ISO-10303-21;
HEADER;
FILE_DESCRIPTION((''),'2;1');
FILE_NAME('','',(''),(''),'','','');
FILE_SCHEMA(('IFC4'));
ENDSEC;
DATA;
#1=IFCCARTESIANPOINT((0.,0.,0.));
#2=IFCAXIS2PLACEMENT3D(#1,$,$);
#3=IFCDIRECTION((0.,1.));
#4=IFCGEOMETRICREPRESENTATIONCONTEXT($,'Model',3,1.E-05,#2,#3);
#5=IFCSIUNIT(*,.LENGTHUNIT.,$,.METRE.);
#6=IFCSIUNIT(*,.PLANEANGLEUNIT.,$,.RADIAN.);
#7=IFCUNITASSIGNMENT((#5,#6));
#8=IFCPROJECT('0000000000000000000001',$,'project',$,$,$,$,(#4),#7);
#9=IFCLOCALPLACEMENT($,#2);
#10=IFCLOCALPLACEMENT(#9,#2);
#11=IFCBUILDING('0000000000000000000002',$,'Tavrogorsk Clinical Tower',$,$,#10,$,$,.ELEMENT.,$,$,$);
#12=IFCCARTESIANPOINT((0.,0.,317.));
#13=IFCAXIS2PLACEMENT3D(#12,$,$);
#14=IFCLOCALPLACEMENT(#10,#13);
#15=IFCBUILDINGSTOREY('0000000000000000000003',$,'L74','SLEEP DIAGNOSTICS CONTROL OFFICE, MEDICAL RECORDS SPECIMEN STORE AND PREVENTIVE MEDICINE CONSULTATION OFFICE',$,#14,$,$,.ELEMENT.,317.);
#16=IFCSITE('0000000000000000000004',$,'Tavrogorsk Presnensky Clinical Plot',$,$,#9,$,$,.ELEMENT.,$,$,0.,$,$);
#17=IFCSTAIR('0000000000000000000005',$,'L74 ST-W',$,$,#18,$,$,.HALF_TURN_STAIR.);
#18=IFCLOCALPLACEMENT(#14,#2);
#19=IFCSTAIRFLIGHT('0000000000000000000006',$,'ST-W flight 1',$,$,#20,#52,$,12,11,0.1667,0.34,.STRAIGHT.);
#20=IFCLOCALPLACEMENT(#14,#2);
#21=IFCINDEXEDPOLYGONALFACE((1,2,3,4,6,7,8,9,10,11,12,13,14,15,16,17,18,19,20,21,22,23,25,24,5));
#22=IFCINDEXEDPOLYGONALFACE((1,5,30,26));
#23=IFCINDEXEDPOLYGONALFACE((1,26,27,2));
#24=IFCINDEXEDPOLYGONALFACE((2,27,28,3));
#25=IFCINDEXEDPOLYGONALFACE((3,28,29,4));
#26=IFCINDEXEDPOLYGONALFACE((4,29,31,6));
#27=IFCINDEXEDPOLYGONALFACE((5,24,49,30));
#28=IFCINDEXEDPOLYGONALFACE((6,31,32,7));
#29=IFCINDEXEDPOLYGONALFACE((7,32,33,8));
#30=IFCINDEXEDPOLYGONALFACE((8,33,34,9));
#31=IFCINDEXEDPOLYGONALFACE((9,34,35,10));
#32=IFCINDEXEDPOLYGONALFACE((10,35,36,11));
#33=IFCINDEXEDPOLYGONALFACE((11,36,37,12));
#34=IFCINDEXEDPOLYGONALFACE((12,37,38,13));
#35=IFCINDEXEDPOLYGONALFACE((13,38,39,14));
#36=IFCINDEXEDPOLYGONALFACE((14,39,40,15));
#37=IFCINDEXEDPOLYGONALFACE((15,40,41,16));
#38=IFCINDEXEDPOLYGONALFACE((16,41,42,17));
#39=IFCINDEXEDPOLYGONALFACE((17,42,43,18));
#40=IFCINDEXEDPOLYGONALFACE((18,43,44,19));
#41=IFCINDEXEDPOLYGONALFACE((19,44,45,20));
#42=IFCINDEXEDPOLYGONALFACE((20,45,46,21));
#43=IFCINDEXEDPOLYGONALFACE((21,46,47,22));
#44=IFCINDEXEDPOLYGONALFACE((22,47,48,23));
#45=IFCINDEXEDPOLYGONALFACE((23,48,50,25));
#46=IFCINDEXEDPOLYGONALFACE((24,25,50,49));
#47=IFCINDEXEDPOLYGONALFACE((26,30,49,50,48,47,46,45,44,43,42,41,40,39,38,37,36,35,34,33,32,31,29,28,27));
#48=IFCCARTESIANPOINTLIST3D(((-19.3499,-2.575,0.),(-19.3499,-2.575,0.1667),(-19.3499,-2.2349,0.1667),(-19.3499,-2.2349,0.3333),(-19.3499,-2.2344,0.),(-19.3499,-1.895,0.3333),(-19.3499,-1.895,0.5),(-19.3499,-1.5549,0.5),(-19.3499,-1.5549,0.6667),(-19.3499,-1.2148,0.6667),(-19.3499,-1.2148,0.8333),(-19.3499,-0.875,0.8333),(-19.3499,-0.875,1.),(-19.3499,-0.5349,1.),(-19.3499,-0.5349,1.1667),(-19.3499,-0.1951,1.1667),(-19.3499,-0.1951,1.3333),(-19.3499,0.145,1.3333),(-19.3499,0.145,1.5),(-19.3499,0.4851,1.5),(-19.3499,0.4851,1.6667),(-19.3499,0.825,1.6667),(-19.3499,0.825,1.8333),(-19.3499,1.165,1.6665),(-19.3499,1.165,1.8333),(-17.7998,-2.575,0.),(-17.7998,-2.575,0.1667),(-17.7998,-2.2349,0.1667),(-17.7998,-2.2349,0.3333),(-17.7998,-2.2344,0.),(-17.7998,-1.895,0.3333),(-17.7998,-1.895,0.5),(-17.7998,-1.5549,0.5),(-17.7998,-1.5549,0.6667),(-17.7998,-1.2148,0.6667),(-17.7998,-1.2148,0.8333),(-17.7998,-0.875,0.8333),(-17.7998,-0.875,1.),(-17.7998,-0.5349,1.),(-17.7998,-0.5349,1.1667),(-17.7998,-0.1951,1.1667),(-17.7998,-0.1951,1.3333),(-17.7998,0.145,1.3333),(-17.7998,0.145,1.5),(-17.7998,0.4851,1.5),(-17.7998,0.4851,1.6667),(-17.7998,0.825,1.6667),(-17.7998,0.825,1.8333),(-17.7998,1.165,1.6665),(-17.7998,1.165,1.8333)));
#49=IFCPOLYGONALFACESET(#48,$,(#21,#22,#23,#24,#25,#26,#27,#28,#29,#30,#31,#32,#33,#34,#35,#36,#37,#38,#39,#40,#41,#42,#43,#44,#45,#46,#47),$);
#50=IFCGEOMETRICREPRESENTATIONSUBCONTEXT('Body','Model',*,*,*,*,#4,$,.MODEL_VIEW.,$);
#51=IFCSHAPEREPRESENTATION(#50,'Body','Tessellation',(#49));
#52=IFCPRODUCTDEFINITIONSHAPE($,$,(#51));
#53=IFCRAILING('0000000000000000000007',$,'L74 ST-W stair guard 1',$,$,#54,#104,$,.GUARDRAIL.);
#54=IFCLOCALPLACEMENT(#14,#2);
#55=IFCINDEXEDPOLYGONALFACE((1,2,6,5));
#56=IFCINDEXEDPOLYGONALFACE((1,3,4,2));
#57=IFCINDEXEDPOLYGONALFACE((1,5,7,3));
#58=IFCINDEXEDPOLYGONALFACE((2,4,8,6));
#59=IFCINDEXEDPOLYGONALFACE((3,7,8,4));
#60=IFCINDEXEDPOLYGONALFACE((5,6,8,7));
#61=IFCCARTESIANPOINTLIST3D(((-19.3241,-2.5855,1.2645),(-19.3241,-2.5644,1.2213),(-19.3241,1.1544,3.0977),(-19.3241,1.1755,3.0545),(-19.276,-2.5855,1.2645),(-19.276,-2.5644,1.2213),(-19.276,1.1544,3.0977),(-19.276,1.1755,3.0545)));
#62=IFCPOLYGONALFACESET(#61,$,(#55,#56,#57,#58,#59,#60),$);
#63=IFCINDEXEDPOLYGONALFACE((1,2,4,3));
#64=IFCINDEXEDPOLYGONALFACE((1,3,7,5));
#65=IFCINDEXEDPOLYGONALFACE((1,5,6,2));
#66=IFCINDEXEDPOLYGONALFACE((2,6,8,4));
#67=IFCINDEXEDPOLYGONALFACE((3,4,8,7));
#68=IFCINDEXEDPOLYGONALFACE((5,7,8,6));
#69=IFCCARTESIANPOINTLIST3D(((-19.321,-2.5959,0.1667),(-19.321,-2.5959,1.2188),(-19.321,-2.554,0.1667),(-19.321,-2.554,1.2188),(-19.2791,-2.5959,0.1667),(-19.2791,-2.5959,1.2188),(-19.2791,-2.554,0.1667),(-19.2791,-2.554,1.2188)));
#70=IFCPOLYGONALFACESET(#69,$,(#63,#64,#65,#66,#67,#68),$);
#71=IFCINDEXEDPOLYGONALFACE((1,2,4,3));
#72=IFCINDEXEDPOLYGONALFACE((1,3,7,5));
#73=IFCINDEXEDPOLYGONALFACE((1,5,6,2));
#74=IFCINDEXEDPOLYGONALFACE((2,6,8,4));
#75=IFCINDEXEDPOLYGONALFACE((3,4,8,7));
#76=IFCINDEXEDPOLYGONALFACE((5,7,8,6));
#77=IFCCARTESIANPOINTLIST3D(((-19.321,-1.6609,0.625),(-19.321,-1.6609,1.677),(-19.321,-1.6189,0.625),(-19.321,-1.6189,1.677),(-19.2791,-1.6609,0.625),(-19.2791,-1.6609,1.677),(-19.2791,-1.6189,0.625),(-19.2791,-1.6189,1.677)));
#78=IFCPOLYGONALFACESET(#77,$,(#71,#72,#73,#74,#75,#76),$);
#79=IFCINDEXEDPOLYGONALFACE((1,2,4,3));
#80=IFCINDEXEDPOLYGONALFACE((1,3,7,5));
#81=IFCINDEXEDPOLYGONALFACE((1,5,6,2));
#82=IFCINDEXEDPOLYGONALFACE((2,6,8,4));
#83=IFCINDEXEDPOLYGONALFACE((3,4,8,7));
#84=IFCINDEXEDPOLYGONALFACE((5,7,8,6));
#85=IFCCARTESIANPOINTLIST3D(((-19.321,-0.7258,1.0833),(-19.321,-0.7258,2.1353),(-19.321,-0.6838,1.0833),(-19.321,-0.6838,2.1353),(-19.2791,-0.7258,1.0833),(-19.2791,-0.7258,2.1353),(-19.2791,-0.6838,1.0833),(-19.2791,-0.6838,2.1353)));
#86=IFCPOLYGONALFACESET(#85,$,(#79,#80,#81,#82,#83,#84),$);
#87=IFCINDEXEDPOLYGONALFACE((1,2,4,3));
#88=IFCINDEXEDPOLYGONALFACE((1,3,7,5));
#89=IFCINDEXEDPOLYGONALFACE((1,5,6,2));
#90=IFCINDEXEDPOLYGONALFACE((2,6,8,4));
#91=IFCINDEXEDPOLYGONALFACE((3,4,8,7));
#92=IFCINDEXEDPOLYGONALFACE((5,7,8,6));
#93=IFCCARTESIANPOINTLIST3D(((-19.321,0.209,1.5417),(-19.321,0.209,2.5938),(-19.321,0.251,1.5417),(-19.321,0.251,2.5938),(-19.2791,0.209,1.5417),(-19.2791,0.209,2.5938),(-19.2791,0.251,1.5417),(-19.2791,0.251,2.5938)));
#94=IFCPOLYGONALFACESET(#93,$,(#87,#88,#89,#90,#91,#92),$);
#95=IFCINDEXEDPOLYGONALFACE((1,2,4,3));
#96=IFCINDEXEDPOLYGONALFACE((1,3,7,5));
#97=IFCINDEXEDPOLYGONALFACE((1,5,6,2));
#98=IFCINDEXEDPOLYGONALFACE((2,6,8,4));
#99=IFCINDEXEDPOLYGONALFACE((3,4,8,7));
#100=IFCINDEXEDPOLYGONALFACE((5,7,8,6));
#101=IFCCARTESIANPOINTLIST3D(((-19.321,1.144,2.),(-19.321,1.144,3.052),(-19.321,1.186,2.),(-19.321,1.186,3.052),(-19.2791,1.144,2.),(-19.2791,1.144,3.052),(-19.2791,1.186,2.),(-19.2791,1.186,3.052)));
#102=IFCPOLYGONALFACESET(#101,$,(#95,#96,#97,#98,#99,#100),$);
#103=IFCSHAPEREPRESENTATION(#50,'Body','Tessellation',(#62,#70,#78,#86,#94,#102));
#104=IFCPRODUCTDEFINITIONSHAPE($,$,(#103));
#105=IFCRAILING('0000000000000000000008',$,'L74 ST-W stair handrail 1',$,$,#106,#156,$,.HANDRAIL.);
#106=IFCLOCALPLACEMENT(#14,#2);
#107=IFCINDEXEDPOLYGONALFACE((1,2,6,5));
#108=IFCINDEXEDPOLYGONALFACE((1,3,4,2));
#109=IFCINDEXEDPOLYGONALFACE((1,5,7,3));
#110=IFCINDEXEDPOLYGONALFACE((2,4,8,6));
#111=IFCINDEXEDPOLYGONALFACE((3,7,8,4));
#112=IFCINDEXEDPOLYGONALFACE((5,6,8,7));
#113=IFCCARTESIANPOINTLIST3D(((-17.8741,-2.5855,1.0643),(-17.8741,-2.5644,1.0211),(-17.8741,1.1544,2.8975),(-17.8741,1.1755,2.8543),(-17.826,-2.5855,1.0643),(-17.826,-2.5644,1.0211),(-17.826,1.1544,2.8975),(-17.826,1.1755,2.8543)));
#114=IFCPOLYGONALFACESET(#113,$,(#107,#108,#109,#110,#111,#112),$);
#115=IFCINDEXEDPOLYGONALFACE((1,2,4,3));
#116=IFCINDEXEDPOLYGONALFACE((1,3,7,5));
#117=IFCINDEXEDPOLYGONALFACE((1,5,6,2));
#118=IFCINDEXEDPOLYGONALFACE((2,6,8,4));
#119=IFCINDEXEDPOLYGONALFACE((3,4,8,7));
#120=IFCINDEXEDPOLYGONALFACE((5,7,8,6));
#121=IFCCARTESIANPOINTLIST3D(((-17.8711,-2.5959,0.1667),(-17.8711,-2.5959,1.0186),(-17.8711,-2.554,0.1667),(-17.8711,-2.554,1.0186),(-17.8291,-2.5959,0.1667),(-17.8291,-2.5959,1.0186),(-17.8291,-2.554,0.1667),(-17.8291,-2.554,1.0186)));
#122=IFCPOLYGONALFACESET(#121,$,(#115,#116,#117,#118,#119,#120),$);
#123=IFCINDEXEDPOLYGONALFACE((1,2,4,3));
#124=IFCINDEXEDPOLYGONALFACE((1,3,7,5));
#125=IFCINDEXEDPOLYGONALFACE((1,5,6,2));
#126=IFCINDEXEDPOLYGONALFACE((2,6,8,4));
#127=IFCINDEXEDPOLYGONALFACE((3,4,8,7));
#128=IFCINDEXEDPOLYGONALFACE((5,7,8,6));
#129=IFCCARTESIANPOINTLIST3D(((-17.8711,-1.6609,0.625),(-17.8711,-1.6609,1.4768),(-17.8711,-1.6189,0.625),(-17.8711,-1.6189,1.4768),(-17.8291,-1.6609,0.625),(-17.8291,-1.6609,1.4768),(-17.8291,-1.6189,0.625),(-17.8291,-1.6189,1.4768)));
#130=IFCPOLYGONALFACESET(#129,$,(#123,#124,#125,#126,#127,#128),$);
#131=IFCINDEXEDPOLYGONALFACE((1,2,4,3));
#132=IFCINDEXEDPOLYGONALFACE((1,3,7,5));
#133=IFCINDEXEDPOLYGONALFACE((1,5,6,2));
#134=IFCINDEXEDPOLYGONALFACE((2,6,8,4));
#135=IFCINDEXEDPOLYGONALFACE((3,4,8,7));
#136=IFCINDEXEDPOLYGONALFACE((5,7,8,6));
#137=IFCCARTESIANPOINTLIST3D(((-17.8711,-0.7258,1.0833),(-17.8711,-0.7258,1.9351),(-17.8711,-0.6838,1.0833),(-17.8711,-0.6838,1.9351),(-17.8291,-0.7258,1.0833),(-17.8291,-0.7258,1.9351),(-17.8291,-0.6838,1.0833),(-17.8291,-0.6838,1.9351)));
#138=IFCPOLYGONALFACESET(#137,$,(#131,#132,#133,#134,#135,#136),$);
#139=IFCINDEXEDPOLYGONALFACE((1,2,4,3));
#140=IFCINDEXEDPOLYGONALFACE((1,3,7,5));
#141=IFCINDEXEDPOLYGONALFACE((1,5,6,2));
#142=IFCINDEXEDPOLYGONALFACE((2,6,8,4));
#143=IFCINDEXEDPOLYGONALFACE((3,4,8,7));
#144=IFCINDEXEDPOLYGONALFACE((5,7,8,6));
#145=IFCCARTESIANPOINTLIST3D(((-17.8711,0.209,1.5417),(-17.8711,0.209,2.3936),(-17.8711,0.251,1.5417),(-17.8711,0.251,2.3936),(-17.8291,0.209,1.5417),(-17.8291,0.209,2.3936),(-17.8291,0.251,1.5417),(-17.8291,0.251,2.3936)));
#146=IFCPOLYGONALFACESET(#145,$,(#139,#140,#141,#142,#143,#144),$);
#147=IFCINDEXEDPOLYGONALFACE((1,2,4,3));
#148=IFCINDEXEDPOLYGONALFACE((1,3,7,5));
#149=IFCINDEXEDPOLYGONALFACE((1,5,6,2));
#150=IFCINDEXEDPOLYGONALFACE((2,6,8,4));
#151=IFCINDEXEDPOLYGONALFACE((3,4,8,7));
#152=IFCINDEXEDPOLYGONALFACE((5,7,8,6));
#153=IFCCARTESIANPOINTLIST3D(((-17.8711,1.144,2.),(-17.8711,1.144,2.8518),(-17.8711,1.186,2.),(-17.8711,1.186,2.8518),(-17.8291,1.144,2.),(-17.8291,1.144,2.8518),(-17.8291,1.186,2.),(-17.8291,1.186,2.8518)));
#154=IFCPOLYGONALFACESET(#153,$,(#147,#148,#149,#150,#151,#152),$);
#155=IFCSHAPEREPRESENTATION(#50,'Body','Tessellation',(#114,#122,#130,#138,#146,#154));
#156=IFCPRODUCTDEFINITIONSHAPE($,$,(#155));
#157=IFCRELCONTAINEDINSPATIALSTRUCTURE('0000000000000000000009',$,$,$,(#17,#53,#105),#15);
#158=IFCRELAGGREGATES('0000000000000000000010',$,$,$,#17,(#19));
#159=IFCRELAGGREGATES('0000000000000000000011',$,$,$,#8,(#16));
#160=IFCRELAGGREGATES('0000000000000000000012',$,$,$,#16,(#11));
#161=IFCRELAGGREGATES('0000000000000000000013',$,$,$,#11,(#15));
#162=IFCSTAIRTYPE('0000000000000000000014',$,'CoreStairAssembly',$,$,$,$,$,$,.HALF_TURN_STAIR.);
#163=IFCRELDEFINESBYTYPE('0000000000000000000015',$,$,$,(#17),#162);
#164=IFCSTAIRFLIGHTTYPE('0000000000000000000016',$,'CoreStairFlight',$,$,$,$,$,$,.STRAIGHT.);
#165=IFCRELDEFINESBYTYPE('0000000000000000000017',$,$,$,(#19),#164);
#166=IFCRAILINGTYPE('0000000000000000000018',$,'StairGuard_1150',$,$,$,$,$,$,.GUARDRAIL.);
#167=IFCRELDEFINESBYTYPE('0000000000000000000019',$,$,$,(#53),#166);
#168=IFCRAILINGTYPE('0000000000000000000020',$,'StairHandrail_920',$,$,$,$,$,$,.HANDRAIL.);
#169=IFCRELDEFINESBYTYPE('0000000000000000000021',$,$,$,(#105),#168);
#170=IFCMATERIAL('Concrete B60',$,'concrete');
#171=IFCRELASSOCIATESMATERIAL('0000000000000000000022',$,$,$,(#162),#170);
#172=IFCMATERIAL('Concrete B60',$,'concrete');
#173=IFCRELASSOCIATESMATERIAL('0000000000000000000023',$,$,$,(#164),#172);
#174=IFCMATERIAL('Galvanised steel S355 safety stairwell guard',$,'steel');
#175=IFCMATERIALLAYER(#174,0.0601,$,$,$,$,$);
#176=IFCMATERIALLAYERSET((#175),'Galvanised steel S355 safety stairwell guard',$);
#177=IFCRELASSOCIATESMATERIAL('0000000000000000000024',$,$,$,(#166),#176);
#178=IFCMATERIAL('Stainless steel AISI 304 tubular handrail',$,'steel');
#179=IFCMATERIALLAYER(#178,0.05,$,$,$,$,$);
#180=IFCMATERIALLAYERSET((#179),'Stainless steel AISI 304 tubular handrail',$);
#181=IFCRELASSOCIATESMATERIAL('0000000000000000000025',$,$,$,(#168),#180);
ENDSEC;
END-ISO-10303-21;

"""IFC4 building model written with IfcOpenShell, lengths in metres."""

from ifc_helpers import new_model, si_unit, direction, frame, origin, origin_2d, place, context, subcontext, project, spatial, polyline, rectangle, outline, extrude, material, layer, layer_set, type_object, element, aggregate, save


model = new_model("IFC4")

# Units and contexts
model_context = context("Model", 3, precision=1e-05, world=origin(), true_north=direction((0.0, 1.0)))
body_context = subcontext(model_context, "Body", "Model", "MODEL_VIEW")
ifc_project = project(units=[si_unit("LENGTHUNIT", "METRE"), si_unit("PLANEANGLEUNIT", "RADIAN")], contexts=[model_context])

# Site, building, storey
site_placement = place(None, origin())
site = spatial("IfcSite", under=ifc_project, at=site_placement, Name="Tavrogorsk Presnensky Clinical Plot", CompositionType="ELEMENT", RefElevation=0.0)
building_placement = place(site_placement, origin())
building = spatial("IfcBuilding", under=site, at=building_placement, Name="Tavrogorsk Clinical Tower", CompositionType="ELEMENT")
storey_placement = place(building_placement, frame((0.0, 0.0, 317.0)))
storey = spatial("IfcBuildingStorey", under=building, at=storey_placement, Name="L74", Description="SLEEP DIAGNOSTICS CONTROL OFFICE, MEDICAL RECORDS SPECIMEN STORE AND PREVENTIVE MEDICINE CONSULTATION OFFICE", CompositionType="ELEMENT", Elevation=317.0)

# Stair, stair flight
ifc_material_1 = material(Name="Concrete B60", Category="concrete")
stair_type = type_object("IfcStairType", Name="CoreStairAssembly", PredefinedType="HALF_TURN_STAIR", material=ifc_material_1)
stair_placement = place(storey_placement, origin())
stair = element("IfcStair", 1, at=stair_placement, inside=storey, type_object=stair_type, Name="L74 ST-W", PredefinedType="HALF_TURN_STAIR")
ifc_material_2 = material(Name="Concrete B60", Category="concrete")
stair_flight_type = type_object("IfcStairFlightType", Name="CoreStairFlight", PredefinedType="STRAIGHT", material=ifc_material_2)
stair_flight_placement = place(storey_placement, frame((-18.575, -2.575, 0.0), z_axis=(0.0, 0.0, 1.0), x_axis=(0.0, 1.0, 0.0)))
stair_flight = element("IfcStairFlight", 2, at=stair_flight_placement, type_object=stair_flight_type, Name="ST-W flight 1", NumberOfRisers=12, NumberOfTreads=11, PredefinedType="STRAIGHT", RiserHeight=0.1667, TreadLength=0.34, context=body_context, shape_type="SweptSolid", body=[
    extrude(outline(polyline([(0.0, 0.0), (0.0, 0.1667), (0.3401, 0.1667), (0.3401, 0.3333), (0.6799, 0.3333), (0.6799, 0.5), (1.02, 0.5), (1.02, 0.6667), (1.3601, 0.6667), (1.3601, 0.8333), (1.7, 0.8333), (1.7, 1.0), (2.04, 1.0), (2.04, 1.1667), (2.3799, 1.1667), (2.3799, 1.3333), (2.72, 1.3333), (2.72, 1.5), (3.0601, 1.5), (3.0601, 1.6667), (3.3999, 1.6667), (3.3999, 1.8333), (3.74, 1.8333), (3.74, 2.0), (3.74, 1.6665), (0.3406, 0.0), (0.0, 0.0)])), frame((0.0, 0.7749, 0.0), z_axis=(0.0, -1.0, 0.0), x_axis=(1.0, 0.0, 0.0)), (0.0, 0.0, 1.0), 1.55),
])
aggregate(stair, [stair_flight])

# Railings
ifc_material_3 = material(Name="Galvanised steel S355 safety stairwell guard", Category="steel")
ifc_layer_1 = layer(ifc_material_3, 0.0601)
ifc_layer_set_1 = layer_set([ifc_layer_1], Name="Galvanised steel S355 safety stairwell guard")
railing_type_1 = type_object("IfcRailingType", Name="StairGuard_1150", PredefinedType="GUARDRAIL", material=ifc_layer_set_1)
railing_1_placement = place(storey_placement, frame((-19.3, -2.575, 0.1667)))
element("IfcRailing", 3, at=railing_1_placement, inside=storey, type_object=railing_type_1, Name="L74 ST-W stair guard 1", PredefinedType="GUARDRAIL", context=body_context, shape_type="SweptSolid", body=[
    extrude(rectangle(XDim=0.0481, YDim=0.0481, at=origin_2d()), frame((0.0, 0.0, 1.0762), z_axis=(0.0, 0.897928, 0.440142), x_axis=(-1.0, 0.0, 0.0)), (0.0, 0.0, 1.0), 4.165),
    extrude(rectangle(XDim=0.042, YDim=0.042, at=origin_2d()), origin(), (0.0, 0.0, 1.0), 1.052),
    extrude(rectangle(XDim=0.042, YDim=0.042, at=origin_2d()), frame((0.0, 0.9351, 0.4583)), (0.0, 0.0, 1.0), 1.052),
    extrude(rectangle(XDim=0.042, YDim=0.042, at=origin_2d()), frame((0.0, 1.8701, 0.9165)), (0.0, 0.0, 1.0), 1.052),
    extrude(rectangle(XDim=0.042, YDim=0.042, at=origin_2d()), frame((0.0, 2.8049, 1.375)), (0.0, 0.0, 1.0), 1.052),
    extrude(rectangle(XDim=0.042, YDim=0.042, at=origin_2d()), frame((0.0, 3.74, 1.8333)), (0.0, 0.0, 1.0), 1.052),
])
ifc_material_4 = material(Name="Stainless steel AISI 304 tubular handrail", Category="steel")
ifc_layer_2 = layer(ifc_material_4, 0.05)
ifc_layer_set_2 = layer_set([ifc_layer_2], Name="Stainless steel AISI 304 tubular handrail")
railing_type_2 = type_object("IfcRailingType", Name="StairHandrail_920", PredefinedType="HANDRAIL", material=ifc_layer_set_2)
railing_2_placement = place(storey_placement, frame((-17.8501, -2.575, 0.1667)))
element("IfcRailing", 4, at=railing_2_placement, inside=storey, type_object=railing_type_2, Name="L74 ST-W stair handrail 1", PredefinedType="HANDRAIL", context=body_context, shape_type="SweptSolid", body=[
    extrude(rectangle(XDim=0.0481, YDim=0.0481, at=origin_2d()), frame((0.0, 0.0, 0.876), z_axis=(0.0, 0.897928, 0.440142), x_axis=(-1.0, 0.0, 0.0)), (0.0, 0.0, 1.0), 4.165),
    extrude(rectangle(XDim=0.042, YDim=0.042, at=origin_2d()), origin(), (0.0, 0.0, 1.0), 0.8518),
    extrude(rectangle(XDim=0.042, YDim=0.042, at=origin_2d()), frame((0.0, 0.9351, 0.4583)), (0.0, 0.0, 1.0), 0.8518),
    extrude(rectangle(XDim=0.042, YDim=0.042, at=origin_2d()), frame((0.0, 1.8701, 0.9165)), (0.0, 0.0, 1.0), 0.8518),
    extrude(rectangle(XDim=0.042, YDim=0.042, at=origin_2d()), frame((0.0, 2.8049, 1.375)), (0.0, 0.0, 1.0), 0.8518),
    extrude(rectangle(XDim=0.042, YDim=0.042, at=origin_2d()), frame((0.0, 3.74, 1.8333)), (0.0, 0.0, 1.0), 0.8518),
])

save(model, "model.ifc")
